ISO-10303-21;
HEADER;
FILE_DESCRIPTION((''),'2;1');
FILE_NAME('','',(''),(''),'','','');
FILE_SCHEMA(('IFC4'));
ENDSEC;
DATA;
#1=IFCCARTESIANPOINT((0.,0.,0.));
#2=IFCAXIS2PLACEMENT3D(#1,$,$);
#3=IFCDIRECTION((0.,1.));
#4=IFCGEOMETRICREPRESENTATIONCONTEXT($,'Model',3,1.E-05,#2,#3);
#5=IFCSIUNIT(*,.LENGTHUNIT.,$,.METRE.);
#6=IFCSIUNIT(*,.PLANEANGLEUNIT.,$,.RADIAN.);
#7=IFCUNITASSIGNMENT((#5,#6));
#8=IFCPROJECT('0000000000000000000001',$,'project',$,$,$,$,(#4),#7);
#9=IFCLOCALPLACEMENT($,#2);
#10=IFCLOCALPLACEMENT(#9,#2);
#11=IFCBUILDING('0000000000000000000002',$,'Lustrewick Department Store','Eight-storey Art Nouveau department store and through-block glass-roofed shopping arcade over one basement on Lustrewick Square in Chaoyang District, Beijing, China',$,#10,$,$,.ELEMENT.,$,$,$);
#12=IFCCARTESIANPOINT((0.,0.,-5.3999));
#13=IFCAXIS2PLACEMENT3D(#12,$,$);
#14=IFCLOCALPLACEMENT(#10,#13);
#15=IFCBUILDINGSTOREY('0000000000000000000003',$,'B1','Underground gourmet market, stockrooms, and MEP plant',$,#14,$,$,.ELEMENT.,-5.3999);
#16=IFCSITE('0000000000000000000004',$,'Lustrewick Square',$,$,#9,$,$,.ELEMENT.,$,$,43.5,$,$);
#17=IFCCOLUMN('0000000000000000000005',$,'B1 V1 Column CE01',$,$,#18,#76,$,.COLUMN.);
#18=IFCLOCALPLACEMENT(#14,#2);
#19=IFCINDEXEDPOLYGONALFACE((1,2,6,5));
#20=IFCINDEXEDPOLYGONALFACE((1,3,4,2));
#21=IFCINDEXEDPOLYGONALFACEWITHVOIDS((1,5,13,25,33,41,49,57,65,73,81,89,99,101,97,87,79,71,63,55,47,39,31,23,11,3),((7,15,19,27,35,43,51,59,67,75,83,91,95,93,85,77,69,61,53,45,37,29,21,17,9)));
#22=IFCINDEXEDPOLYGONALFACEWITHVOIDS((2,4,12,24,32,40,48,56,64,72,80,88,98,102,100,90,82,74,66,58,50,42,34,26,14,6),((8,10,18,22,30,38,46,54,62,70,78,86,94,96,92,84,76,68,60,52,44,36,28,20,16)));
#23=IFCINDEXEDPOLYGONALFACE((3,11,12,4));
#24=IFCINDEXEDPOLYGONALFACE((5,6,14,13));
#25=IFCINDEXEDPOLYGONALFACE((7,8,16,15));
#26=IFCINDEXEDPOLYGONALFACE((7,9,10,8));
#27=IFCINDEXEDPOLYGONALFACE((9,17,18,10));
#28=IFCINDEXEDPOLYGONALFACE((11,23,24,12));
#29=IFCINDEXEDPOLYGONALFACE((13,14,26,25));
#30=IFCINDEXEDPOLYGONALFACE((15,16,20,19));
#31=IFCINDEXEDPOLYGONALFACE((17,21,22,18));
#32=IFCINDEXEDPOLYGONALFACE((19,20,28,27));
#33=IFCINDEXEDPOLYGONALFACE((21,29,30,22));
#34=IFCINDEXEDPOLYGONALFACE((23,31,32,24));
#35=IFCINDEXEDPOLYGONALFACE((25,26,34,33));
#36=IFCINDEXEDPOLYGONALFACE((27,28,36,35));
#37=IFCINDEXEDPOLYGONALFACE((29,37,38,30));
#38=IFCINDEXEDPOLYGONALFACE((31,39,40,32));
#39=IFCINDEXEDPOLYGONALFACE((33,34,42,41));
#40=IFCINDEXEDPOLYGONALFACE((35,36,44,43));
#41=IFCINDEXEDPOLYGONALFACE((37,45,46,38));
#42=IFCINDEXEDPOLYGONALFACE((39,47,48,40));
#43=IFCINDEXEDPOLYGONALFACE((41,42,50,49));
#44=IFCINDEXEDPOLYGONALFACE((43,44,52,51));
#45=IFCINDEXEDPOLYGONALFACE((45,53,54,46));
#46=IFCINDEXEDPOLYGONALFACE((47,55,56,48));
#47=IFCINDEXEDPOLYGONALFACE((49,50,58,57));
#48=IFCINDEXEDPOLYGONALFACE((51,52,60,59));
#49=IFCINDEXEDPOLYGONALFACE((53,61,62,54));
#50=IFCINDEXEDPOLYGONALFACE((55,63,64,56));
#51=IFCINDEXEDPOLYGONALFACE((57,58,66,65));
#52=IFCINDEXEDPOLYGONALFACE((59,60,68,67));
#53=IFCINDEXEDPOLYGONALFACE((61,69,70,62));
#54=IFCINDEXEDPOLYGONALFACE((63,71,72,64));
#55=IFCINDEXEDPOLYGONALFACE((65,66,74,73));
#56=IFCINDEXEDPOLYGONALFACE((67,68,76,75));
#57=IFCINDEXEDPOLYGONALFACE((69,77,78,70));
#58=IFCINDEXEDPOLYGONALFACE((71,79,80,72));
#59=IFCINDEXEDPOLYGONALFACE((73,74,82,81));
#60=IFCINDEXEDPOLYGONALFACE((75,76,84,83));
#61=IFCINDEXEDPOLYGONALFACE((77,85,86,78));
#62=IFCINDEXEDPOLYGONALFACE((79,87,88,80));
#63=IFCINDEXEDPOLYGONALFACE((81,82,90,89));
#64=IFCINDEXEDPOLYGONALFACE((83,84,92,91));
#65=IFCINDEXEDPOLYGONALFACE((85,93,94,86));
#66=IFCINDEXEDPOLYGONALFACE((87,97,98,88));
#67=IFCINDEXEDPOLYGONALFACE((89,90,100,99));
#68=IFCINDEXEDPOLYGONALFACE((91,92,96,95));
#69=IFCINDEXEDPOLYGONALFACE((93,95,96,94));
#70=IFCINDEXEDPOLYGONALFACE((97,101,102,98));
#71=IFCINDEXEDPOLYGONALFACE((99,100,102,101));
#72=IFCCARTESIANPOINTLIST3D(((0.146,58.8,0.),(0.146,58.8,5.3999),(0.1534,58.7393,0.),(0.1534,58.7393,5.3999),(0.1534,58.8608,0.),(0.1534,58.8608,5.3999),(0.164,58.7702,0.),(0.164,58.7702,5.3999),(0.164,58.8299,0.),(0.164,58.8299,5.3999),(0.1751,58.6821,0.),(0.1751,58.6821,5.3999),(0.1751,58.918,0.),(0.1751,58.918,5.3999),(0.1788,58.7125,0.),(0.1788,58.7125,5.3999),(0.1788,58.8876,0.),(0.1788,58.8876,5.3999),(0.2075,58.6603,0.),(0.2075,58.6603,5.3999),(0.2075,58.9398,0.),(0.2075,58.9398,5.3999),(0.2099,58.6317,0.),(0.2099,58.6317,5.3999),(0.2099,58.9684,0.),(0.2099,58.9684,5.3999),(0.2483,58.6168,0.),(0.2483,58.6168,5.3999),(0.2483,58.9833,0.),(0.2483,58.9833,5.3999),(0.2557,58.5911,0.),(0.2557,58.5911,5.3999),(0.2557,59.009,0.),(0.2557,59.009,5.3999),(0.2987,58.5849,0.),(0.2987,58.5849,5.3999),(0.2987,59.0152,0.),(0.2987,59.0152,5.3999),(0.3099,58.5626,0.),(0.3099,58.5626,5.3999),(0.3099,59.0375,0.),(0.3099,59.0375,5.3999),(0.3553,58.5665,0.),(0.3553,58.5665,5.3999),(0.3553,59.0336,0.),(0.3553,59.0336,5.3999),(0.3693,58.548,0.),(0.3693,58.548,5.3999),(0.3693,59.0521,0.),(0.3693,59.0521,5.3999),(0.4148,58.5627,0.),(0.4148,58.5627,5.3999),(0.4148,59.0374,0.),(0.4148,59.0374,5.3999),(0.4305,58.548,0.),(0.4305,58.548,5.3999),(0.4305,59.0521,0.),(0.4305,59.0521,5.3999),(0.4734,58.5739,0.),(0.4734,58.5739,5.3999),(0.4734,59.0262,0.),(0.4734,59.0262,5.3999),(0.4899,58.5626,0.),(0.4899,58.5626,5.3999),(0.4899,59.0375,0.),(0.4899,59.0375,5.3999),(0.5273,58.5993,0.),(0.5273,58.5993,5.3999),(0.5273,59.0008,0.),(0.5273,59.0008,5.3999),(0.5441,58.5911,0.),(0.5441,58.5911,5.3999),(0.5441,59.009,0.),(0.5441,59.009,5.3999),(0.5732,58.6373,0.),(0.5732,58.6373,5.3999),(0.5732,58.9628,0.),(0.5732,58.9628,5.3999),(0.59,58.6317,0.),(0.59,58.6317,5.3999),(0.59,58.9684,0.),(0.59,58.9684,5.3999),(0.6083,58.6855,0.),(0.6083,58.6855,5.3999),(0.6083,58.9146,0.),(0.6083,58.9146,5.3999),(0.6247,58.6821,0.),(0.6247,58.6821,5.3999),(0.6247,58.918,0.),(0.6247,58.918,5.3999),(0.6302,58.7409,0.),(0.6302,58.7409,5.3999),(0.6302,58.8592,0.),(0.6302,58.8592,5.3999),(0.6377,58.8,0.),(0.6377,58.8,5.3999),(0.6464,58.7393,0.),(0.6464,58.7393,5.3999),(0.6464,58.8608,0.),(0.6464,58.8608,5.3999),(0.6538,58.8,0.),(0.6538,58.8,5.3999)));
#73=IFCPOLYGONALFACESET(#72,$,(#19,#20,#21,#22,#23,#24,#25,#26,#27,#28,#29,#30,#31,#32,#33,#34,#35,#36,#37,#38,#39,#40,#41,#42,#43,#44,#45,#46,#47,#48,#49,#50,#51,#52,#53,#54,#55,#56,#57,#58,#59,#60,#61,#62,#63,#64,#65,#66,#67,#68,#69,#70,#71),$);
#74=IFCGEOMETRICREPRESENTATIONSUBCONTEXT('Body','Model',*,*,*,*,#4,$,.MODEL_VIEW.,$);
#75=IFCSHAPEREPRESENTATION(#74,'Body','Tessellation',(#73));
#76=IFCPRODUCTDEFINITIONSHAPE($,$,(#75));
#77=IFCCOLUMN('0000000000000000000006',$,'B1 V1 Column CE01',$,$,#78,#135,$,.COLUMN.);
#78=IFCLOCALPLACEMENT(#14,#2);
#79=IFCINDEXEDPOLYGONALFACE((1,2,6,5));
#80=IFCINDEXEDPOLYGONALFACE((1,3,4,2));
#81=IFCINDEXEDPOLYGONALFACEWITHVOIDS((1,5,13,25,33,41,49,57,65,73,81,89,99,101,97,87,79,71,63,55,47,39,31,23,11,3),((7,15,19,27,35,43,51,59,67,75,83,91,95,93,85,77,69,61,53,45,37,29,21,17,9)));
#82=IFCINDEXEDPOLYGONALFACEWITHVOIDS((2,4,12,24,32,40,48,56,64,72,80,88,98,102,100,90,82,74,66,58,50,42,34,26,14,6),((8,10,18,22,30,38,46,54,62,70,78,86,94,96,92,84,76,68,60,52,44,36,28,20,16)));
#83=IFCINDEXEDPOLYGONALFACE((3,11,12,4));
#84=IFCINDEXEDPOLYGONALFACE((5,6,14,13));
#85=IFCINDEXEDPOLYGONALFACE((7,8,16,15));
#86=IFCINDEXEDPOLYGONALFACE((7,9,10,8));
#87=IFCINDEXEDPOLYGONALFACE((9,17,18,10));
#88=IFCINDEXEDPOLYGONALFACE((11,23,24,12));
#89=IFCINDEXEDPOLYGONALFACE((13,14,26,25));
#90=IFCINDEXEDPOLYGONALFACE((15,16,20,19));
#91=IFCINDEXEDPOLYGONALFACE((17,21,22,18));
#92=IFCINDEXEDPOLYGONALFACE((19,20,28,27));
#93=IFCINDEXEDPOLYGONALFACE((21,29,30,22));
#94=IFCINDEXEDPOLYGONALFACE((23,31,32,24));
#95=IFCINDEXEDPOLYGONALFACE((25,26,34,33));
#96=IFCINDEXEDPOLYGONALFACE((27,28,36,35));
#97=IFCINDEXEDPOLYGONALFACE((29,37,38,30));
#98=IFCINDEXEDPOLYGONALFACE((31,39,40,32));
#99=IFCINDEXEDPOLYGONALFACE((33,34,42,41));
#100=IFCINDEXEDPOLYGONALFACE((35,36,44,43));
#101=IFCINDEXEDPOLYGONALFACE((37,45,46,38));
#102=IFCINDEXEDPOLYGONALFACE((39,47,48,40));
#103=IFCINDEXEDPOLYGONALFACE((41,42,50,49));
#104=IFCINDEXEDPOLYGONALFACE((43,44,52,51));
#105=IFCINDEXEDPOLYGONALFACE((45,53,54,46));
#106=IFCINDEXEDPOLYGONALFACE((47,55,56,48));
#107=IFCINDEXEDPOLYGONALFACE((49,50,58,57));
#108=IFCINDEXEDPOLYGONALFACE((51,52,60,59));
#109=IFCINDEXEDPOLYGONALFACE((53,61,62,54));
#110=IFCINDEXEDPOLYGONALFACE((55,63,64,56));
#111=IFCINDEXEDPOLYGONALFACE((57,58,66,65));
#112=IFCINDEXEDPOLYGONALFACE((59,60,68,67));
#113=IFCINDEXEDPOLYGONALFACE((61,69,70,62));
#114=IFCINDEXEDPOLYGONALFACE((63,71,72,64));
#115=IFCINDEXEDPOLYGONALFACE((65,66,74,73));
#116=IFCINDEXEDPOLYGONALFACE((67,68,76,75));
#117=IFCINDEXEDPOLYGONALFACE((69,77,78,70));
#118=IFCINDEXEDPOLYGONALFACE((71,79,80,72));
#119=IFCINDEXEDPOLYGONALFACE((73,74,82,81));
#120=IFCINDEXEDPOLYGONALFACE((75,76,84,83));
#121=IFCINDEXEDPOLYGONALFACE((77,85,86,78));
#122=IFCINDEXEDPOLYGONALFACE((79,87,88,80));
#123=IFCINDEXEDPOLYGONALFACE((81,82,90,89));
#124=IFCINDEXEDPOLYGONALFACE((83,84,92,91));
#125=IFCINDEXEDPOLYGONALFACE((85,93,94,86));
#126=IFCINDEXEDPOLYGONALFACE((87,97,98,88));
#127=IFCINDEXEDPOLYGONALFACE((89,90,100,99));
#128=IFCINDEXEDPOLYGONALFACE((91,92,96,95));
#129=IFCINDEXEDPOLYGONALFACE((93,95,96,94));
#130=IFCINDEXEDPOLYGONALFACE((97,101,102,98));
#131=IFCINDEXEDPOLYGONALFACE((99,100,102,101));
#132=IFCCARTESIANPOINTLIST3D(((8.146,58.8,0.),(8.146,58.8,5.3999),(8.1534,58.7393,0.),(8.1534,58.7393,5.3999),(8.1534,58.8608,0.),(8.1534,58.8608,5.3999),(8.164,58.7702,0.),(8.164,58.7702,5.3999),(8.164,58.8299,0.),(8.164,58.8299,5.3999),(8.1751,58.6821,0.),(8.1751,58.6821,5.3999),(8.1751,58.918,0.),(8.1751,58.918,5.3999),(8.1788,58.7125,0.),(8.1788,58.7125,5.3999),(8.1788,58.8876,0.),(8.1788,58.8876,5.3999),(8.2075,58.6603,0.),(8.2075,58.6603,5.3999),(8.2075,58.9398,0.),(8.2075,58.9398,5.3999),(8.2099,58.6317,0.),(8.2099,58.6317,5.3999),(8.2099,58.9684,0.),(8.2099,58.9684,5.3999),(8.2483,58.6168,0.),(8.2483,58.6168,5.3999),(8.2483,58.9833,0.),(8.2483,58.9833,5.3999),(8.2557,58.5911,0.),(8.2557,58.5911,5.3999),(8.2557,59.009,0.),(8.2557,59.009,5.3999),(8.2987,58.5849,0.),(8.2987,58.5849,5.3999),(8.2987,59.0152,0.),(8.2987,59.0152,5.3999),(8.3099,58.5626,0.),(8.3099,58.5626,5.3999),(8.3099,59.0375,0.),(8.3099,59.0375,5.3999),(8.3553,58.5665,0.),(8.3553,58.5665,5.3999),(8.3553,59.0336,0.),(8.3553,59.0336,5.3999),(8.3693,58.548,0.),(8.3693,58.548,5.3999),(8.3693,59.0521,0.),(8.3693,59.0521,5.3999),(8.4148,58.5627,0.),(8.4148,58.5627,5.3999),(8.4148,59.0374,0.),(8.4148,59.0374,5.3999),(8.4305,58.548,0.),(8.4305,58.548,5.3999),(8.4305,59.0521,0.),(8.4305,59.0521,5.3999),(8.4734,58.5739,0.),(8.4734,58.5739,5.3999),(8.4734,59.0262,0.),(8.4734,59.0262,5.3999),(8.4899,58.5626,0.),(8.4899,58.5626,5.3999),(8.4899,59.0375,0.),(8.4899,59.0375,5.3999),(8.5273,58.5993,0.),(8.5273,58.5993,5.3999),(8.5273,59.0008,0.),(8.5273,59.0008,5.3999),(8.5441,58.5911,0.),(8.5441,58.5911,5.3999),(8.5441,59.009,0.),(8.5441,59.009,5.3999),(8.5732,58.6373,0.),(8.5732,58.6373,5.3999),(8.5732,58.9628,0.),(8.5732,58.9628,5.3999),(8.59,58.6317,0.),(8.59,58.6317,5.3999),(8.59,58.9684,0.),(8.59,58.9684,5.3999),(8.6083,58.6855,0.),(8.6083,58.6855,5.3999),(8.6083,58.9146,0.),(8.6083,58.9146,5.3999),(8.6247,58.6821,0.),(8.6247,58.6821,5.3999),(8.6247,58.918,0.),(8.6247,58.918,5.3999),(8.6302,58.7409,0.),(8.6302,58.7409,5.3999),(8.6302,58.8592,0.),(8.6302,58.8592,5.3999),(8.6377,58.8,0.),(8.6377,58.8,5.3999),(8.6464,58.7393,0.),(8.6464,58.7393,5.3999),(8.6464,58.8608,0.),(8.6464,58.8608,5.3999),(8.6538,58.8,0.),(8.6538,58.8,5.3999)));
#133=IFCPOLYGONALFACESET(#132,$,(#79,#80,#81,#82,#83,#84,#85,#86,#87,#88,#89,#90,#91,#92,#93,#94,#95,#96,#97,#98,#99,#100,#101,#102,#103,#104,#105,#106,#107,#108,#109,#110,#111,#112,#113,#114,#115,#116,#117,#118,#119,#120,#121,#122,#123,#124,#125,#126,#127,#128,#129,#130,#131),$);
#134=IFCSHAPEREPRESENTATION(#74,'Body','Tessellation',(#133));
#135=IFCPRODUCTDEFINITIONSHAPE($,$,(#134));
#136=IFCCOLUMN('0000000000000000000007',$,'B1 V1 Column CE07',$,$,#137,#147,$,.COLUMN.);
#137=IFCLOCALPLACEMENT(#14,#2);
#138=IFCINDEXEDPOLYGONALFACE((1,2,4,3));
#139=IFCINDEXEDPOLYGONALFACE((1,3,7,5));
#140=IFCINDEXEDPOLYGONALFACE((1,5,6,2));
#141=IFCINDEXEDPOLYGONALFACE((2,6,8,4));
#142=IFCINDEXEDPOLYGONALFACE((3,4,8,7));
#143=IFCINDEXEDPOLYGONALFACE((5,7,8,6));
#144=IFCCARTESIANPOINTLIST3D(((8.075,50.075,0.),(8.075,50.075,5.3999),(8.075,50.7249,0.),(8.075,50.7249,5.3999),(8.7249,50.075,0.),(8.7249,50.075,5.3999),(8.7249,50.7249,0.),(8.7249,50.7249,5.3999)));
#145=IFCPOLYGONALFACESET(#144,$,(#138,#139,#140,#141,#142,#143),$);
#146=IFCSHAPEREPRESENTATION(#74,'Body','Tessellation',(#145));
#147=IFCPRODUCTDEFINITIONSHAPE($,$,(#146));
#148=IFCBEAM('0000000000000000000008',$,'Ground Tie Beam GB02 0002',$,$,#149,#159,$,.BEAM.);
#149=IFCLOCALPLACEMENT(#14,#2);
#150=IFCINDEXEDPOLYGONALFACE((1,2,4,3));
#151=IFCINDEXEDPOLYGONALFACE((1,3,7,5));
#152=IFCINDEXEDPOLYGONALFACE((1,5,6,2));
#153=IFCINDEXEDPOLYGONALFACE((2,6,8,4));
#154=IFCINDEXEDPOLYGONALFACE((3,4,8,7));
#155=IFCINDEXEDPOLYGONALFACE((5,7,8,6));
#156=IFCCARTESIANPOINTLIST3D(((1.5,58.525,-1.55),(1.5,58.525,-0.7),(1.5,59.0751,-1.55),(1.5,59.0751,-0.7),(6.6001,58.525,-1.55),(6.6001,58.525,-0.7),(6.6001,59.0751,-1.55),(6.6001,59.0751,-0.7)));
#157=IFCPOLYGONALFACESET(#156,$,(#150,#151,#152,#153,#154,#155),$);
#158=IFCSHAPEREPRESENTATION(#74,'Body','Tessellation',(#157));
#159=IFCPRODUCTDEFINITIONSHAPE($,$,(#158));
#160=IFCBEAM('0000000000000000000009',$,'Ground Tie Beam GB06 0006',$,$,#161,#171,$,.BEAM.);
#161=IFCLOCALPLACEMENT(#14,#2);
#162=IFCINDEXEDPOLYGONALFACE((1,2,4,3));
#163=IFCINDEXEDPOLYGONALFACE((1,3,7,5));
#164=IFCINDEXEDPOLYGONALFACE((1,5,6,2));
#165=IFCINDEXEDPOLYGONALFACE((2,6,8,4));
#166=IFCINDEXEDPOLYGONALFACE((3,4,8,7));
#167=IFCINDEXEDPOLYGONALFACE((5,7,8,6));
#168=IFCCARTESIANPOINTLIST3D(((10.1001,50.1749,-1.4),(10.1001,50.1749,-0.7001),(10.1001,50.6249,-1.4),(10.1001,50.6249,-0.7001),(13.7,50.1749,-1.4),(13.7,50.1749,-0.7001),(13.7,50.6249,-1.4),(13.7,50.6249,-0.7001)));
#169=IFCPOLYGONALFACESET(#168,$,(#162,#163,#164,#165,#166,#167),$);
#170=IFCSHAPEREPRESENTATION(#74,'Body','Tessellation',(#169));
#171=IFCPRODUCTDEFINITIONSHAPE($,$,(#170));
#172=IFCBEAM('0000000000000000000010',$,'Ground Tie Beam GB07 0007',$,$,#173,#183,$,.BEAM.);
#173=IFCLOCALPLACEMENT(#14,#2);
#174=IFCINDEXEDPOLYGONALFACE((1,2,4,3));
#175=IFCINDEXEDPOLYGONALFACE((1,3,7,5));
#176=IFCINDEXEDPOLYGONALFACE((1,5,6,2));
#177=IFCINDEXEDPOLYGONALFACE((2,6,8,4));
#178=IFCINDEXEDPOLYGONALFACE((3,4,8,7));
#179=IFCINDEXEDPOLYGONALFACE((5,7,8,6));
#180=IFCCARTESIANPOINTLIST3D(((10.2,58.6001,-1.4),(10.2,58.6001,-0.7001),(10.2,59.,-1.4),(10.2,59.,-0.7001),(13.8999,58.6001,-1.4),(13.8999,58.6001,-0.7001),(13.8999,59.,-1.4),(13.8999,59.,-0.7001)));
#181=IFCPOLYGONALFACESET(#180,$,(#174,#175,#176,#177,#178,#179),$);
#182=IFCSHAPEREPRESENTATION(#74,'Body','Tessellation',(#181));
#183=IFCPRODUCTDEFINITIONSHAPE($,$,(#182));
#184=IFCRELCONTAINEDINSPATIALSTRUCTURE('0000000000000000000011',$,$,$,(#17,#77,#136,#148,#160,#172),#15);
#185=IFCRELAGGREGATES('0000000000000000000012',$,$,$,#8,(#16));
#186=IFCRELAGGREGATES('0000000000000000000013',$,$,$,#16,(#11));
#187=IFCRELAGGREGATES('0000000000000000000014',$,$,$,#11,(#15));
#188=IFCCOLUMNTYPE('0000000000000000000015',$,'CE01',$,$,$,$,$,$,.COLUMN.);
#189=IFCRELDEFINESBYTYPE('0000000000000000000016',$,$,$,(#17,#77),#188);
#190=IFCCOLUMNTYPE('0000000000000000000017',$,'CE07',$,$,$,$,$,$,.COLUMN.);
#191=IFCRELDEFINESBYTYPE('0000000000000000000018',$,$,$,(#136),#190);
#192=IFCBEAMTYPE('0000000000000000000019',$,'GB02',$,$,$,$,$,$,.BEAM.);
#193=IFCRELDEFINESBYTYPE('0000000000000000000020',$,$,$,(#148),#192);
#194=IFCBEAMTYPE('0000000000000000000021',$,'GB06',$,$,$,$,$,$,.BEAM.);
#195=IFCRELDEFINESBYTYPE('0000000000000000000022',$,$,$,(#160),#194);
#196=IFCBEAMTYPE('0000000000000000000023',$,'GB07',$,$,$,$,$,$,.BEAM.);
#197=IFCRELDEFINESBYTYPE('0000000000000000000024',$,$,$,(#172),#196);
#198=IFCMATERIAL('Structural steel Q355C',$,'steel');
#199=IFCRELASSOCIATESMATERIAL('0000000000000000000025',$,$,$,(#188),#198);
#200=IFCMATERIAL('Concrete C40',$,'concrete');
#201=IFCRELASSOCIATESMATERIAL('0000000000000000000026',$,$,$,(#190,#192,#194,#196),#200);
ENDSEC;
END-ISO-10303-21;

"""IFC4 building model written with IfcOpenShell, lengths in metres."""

from ifc_helpers import new_model, si_unit, direction, frame, origin, origin_2d, place, context, subcontext, project, spatial, rectangle, hollow_circle, extrude, material, material_profile, profile_set, type_object, element, save


model = new_model("IFC4")

# Units and contexts
model_context = context("Model", 3, precision=1e-05, world=origin(), true_north=direction((0.0, 1.0)))
body_context = subcontext(model_context, "Body", "Model", "MODEL_VIEW")
ifc_project = project(units=[si_unit("LENGTHUNIT", "METRE"), si_unit("PLANEANGLEUNIT", "RADIAN")], contexts=[model_context])

# Site, building, storey
site_placement = place(None, origin())
site = spatial("IfcSite", under=ifc_project, at=site_placement, Name="Lustrewick Square", CompositionType="ELEMENT", RefElevation=43.5)
building_placement = place(site_placement, origin())
building = spatial("IfcBuilding", under=site, at=building_placement, Name="Lustrewick Department Store", Description="Eight-storey Art Nouveau department store and through-block glass-roofed shopping arcade over one basement on Lustrewick Square in Chaoyang District, Beijing, China", CompositionType="ELEMENT")
storey_placement = place(building_placement, frame((0.0, 0.0, -5.3999)))
storey = spatial("IfcBuildingStorey", under=building, at=storey_placement, Name="B1", Description="Underground gourmet market, stockrooms, and MEP plant", CompositionType="ELEMENT", Elevation=-5.3999)

# Shared definitions
ifc_material_1 = material(Name="Concrete C40", Category="concrete")

# Columns
ifc_material_2 = material(Name="Structural steel Q355C", Category="steel")
ifc_material_profile_1 = material_profile(ifc_material_2, hollow_circle(Radius=0.2539, WallThickness=0.0161, at=origin_2d()), Name="CHS 508x16")
ifc_profile_set_1 = profile_set([ifc_material_profile_1], Name="Structural steel Q355C")
column_type_1 = type_object("IfcColumnType", Name="CE01", PredefinedType="COLUMN", material=ifc_profile_set_1)
for number, where, z_axis, x_axis, name in (
    (1, (0.3999, 58.8, 0.0), (0.0, 0.0, 1.0), (1.0, 0.0, 0.0), "B1 V1 Column CE01"),
    (2, (8.3999, 58.8, 0.0), (0.0, 0.0, 1.0), (1.0, 0.0, 0.0), "B1 V1 Column CE01"),
):
    element("IfcColumn", number, at=place(storey_placement, frame(where, z_axis=z_axis, x_axis=x_axis)), inside=storey, type_object=column_type_1, Name=name, PredefinedType="COLUMN", context=body_context, shape_type="SweptSolid", body=[
        extrude(hollow_circle(Radius=0.2539, WallThickness=0.0161, at=origin_2d()), origin(), (0.0, 0.0, 1.0), 5.3999),
    ])
ifc_material_profile_2 = material_profile(ifc_material_1, rectangle(XDim=0.6499, YDim=0.6499, at=origin_2d()), Name="RC 650x650")
ifc_profile_set_2 = profile_set([ifc_material_profile_2], Name="Concrete C40")
column_type_2 = type_object("IfcColumnType", Name="CE07", PredefinedType="COLUMN", material=ifc_profile_set_2)
column_placement = place(storey_placement, frame((8.3999, 50.3999, 0.0), z_axis=(0.0, 0.0, 1.0), x_axis=(1.0, 0.0, 0.0)))
element("IfcColumn", 3, at=column_placement, inside=storey, type_object=column_type_2, Name="B1 V1 Column CE07", PredefinedType="COLUMN", context=body_context, shape_type="SweptSolid", body=[
    extrude(rectangle(XDim=0.6499, YDim=0.6499, at=origin_2d()), origin(), (0.0, 0.0, 1.0), 5.3999),
])

# Beams
ifc_material_profile_3 = material_profile(ifc_material_1, rectangle(XDim=0.55, YDim=0.8501, at=origin_2d()), Name="RC 550x850")
ifc_profile_set_3 = profile_set([ifc_material_profile_3], Name="Concrete C40")
beam_type_1 = type_object("IfcBeamType", Name="GB02", PredefinedType="BEAM", material=ifc_profile_set_3)
beam_1_placement = place(storey_placement, frame((1.5, 58.8, -1.125), z_axis=(1.0, 0.0, 0.0), x_axis=(0.0, 1.0, 0.0)))
element("IfcBeam", 4, at=beam_1_placement, inside=storey, type_object=beam_type_1, Name="Ground Tie Beam GB02 0002", PredefinedType="BEAM", context=body_context, shape_type="SweptSolid", body=[
    extrude(rectangle(XDim=0.55, YDim=0.8501, at=origin_2d()), origin(), (0.0, 0.0, 1.0), 5.1001),
])
ifc_material_profile_4 = material_profile(ifc_material_1, rectangle(XDim=0.45, YDim=0.7, at=origin_2d()), Name="RC 450x700")
ifc_profile_set_4 = profile_set([ifc_material_profile_4], Name="Concrete C40")
beam_type_2 = type_object("IfcBeamType", Name="GB06", PredefinedType="BEAM", material=ifc_profile_set_4)
beam_2_placement = place(storey_placement, frame((10.1001, 50.3999, -1.05), z_axis=(1.0, 0.0, 0.0), x_axis=(0.0, 1.0, 0.0)))
element("IfcBeam", 5, at=beam_2_placement, inside=storey, type_object=beam_type_2, Name="Ground Tie Beam GB06 0006", PredefinedType="BEAM", context=body_context, shape_type="SweptSolid", body=[
    extrude(rectangle(XDim=0.45, YDim=0.7, at=origin_2d()), origin(), (0.0, 0.0, 1.0), 3.5999),
])
ifc_material_profile_5 = material_profile(ifc_material_1, rectangle(XDim=0.3999, YDim=0.7, at=origin_2d()), Name="RC 400x700")
ifc_profile_set_5 = profile_set([ifc_material_profile_5], Name="Concrete C40")
beam_type_3 = type_object("IfcBeamType", Name="GB07", PredefinedType="BEAM", material=ifc_profile_set_5)
beam_3_placement = place(storey_placement, frame((10.2, 58.8, -1.05), z_axis=(1.0, 0.0, 0.0), x_axis=(0.0, 1.0, 0.0)))
element("IfcBeam", 6, at=beam_3_placement, inside=storey, type_object=beam_type_3, Name="Ground Tie Beam GB07 0007", PredefinedType="BEAM", context=body_context, shape_type="SweptSolid", body=[
    extrude(rectangle(XDim=0.3999, YDim=0.7, at=origin_2d()), origin(), (0.0, 0.0, 1.0), 3.7),
])

save(model, "model.ifc")
